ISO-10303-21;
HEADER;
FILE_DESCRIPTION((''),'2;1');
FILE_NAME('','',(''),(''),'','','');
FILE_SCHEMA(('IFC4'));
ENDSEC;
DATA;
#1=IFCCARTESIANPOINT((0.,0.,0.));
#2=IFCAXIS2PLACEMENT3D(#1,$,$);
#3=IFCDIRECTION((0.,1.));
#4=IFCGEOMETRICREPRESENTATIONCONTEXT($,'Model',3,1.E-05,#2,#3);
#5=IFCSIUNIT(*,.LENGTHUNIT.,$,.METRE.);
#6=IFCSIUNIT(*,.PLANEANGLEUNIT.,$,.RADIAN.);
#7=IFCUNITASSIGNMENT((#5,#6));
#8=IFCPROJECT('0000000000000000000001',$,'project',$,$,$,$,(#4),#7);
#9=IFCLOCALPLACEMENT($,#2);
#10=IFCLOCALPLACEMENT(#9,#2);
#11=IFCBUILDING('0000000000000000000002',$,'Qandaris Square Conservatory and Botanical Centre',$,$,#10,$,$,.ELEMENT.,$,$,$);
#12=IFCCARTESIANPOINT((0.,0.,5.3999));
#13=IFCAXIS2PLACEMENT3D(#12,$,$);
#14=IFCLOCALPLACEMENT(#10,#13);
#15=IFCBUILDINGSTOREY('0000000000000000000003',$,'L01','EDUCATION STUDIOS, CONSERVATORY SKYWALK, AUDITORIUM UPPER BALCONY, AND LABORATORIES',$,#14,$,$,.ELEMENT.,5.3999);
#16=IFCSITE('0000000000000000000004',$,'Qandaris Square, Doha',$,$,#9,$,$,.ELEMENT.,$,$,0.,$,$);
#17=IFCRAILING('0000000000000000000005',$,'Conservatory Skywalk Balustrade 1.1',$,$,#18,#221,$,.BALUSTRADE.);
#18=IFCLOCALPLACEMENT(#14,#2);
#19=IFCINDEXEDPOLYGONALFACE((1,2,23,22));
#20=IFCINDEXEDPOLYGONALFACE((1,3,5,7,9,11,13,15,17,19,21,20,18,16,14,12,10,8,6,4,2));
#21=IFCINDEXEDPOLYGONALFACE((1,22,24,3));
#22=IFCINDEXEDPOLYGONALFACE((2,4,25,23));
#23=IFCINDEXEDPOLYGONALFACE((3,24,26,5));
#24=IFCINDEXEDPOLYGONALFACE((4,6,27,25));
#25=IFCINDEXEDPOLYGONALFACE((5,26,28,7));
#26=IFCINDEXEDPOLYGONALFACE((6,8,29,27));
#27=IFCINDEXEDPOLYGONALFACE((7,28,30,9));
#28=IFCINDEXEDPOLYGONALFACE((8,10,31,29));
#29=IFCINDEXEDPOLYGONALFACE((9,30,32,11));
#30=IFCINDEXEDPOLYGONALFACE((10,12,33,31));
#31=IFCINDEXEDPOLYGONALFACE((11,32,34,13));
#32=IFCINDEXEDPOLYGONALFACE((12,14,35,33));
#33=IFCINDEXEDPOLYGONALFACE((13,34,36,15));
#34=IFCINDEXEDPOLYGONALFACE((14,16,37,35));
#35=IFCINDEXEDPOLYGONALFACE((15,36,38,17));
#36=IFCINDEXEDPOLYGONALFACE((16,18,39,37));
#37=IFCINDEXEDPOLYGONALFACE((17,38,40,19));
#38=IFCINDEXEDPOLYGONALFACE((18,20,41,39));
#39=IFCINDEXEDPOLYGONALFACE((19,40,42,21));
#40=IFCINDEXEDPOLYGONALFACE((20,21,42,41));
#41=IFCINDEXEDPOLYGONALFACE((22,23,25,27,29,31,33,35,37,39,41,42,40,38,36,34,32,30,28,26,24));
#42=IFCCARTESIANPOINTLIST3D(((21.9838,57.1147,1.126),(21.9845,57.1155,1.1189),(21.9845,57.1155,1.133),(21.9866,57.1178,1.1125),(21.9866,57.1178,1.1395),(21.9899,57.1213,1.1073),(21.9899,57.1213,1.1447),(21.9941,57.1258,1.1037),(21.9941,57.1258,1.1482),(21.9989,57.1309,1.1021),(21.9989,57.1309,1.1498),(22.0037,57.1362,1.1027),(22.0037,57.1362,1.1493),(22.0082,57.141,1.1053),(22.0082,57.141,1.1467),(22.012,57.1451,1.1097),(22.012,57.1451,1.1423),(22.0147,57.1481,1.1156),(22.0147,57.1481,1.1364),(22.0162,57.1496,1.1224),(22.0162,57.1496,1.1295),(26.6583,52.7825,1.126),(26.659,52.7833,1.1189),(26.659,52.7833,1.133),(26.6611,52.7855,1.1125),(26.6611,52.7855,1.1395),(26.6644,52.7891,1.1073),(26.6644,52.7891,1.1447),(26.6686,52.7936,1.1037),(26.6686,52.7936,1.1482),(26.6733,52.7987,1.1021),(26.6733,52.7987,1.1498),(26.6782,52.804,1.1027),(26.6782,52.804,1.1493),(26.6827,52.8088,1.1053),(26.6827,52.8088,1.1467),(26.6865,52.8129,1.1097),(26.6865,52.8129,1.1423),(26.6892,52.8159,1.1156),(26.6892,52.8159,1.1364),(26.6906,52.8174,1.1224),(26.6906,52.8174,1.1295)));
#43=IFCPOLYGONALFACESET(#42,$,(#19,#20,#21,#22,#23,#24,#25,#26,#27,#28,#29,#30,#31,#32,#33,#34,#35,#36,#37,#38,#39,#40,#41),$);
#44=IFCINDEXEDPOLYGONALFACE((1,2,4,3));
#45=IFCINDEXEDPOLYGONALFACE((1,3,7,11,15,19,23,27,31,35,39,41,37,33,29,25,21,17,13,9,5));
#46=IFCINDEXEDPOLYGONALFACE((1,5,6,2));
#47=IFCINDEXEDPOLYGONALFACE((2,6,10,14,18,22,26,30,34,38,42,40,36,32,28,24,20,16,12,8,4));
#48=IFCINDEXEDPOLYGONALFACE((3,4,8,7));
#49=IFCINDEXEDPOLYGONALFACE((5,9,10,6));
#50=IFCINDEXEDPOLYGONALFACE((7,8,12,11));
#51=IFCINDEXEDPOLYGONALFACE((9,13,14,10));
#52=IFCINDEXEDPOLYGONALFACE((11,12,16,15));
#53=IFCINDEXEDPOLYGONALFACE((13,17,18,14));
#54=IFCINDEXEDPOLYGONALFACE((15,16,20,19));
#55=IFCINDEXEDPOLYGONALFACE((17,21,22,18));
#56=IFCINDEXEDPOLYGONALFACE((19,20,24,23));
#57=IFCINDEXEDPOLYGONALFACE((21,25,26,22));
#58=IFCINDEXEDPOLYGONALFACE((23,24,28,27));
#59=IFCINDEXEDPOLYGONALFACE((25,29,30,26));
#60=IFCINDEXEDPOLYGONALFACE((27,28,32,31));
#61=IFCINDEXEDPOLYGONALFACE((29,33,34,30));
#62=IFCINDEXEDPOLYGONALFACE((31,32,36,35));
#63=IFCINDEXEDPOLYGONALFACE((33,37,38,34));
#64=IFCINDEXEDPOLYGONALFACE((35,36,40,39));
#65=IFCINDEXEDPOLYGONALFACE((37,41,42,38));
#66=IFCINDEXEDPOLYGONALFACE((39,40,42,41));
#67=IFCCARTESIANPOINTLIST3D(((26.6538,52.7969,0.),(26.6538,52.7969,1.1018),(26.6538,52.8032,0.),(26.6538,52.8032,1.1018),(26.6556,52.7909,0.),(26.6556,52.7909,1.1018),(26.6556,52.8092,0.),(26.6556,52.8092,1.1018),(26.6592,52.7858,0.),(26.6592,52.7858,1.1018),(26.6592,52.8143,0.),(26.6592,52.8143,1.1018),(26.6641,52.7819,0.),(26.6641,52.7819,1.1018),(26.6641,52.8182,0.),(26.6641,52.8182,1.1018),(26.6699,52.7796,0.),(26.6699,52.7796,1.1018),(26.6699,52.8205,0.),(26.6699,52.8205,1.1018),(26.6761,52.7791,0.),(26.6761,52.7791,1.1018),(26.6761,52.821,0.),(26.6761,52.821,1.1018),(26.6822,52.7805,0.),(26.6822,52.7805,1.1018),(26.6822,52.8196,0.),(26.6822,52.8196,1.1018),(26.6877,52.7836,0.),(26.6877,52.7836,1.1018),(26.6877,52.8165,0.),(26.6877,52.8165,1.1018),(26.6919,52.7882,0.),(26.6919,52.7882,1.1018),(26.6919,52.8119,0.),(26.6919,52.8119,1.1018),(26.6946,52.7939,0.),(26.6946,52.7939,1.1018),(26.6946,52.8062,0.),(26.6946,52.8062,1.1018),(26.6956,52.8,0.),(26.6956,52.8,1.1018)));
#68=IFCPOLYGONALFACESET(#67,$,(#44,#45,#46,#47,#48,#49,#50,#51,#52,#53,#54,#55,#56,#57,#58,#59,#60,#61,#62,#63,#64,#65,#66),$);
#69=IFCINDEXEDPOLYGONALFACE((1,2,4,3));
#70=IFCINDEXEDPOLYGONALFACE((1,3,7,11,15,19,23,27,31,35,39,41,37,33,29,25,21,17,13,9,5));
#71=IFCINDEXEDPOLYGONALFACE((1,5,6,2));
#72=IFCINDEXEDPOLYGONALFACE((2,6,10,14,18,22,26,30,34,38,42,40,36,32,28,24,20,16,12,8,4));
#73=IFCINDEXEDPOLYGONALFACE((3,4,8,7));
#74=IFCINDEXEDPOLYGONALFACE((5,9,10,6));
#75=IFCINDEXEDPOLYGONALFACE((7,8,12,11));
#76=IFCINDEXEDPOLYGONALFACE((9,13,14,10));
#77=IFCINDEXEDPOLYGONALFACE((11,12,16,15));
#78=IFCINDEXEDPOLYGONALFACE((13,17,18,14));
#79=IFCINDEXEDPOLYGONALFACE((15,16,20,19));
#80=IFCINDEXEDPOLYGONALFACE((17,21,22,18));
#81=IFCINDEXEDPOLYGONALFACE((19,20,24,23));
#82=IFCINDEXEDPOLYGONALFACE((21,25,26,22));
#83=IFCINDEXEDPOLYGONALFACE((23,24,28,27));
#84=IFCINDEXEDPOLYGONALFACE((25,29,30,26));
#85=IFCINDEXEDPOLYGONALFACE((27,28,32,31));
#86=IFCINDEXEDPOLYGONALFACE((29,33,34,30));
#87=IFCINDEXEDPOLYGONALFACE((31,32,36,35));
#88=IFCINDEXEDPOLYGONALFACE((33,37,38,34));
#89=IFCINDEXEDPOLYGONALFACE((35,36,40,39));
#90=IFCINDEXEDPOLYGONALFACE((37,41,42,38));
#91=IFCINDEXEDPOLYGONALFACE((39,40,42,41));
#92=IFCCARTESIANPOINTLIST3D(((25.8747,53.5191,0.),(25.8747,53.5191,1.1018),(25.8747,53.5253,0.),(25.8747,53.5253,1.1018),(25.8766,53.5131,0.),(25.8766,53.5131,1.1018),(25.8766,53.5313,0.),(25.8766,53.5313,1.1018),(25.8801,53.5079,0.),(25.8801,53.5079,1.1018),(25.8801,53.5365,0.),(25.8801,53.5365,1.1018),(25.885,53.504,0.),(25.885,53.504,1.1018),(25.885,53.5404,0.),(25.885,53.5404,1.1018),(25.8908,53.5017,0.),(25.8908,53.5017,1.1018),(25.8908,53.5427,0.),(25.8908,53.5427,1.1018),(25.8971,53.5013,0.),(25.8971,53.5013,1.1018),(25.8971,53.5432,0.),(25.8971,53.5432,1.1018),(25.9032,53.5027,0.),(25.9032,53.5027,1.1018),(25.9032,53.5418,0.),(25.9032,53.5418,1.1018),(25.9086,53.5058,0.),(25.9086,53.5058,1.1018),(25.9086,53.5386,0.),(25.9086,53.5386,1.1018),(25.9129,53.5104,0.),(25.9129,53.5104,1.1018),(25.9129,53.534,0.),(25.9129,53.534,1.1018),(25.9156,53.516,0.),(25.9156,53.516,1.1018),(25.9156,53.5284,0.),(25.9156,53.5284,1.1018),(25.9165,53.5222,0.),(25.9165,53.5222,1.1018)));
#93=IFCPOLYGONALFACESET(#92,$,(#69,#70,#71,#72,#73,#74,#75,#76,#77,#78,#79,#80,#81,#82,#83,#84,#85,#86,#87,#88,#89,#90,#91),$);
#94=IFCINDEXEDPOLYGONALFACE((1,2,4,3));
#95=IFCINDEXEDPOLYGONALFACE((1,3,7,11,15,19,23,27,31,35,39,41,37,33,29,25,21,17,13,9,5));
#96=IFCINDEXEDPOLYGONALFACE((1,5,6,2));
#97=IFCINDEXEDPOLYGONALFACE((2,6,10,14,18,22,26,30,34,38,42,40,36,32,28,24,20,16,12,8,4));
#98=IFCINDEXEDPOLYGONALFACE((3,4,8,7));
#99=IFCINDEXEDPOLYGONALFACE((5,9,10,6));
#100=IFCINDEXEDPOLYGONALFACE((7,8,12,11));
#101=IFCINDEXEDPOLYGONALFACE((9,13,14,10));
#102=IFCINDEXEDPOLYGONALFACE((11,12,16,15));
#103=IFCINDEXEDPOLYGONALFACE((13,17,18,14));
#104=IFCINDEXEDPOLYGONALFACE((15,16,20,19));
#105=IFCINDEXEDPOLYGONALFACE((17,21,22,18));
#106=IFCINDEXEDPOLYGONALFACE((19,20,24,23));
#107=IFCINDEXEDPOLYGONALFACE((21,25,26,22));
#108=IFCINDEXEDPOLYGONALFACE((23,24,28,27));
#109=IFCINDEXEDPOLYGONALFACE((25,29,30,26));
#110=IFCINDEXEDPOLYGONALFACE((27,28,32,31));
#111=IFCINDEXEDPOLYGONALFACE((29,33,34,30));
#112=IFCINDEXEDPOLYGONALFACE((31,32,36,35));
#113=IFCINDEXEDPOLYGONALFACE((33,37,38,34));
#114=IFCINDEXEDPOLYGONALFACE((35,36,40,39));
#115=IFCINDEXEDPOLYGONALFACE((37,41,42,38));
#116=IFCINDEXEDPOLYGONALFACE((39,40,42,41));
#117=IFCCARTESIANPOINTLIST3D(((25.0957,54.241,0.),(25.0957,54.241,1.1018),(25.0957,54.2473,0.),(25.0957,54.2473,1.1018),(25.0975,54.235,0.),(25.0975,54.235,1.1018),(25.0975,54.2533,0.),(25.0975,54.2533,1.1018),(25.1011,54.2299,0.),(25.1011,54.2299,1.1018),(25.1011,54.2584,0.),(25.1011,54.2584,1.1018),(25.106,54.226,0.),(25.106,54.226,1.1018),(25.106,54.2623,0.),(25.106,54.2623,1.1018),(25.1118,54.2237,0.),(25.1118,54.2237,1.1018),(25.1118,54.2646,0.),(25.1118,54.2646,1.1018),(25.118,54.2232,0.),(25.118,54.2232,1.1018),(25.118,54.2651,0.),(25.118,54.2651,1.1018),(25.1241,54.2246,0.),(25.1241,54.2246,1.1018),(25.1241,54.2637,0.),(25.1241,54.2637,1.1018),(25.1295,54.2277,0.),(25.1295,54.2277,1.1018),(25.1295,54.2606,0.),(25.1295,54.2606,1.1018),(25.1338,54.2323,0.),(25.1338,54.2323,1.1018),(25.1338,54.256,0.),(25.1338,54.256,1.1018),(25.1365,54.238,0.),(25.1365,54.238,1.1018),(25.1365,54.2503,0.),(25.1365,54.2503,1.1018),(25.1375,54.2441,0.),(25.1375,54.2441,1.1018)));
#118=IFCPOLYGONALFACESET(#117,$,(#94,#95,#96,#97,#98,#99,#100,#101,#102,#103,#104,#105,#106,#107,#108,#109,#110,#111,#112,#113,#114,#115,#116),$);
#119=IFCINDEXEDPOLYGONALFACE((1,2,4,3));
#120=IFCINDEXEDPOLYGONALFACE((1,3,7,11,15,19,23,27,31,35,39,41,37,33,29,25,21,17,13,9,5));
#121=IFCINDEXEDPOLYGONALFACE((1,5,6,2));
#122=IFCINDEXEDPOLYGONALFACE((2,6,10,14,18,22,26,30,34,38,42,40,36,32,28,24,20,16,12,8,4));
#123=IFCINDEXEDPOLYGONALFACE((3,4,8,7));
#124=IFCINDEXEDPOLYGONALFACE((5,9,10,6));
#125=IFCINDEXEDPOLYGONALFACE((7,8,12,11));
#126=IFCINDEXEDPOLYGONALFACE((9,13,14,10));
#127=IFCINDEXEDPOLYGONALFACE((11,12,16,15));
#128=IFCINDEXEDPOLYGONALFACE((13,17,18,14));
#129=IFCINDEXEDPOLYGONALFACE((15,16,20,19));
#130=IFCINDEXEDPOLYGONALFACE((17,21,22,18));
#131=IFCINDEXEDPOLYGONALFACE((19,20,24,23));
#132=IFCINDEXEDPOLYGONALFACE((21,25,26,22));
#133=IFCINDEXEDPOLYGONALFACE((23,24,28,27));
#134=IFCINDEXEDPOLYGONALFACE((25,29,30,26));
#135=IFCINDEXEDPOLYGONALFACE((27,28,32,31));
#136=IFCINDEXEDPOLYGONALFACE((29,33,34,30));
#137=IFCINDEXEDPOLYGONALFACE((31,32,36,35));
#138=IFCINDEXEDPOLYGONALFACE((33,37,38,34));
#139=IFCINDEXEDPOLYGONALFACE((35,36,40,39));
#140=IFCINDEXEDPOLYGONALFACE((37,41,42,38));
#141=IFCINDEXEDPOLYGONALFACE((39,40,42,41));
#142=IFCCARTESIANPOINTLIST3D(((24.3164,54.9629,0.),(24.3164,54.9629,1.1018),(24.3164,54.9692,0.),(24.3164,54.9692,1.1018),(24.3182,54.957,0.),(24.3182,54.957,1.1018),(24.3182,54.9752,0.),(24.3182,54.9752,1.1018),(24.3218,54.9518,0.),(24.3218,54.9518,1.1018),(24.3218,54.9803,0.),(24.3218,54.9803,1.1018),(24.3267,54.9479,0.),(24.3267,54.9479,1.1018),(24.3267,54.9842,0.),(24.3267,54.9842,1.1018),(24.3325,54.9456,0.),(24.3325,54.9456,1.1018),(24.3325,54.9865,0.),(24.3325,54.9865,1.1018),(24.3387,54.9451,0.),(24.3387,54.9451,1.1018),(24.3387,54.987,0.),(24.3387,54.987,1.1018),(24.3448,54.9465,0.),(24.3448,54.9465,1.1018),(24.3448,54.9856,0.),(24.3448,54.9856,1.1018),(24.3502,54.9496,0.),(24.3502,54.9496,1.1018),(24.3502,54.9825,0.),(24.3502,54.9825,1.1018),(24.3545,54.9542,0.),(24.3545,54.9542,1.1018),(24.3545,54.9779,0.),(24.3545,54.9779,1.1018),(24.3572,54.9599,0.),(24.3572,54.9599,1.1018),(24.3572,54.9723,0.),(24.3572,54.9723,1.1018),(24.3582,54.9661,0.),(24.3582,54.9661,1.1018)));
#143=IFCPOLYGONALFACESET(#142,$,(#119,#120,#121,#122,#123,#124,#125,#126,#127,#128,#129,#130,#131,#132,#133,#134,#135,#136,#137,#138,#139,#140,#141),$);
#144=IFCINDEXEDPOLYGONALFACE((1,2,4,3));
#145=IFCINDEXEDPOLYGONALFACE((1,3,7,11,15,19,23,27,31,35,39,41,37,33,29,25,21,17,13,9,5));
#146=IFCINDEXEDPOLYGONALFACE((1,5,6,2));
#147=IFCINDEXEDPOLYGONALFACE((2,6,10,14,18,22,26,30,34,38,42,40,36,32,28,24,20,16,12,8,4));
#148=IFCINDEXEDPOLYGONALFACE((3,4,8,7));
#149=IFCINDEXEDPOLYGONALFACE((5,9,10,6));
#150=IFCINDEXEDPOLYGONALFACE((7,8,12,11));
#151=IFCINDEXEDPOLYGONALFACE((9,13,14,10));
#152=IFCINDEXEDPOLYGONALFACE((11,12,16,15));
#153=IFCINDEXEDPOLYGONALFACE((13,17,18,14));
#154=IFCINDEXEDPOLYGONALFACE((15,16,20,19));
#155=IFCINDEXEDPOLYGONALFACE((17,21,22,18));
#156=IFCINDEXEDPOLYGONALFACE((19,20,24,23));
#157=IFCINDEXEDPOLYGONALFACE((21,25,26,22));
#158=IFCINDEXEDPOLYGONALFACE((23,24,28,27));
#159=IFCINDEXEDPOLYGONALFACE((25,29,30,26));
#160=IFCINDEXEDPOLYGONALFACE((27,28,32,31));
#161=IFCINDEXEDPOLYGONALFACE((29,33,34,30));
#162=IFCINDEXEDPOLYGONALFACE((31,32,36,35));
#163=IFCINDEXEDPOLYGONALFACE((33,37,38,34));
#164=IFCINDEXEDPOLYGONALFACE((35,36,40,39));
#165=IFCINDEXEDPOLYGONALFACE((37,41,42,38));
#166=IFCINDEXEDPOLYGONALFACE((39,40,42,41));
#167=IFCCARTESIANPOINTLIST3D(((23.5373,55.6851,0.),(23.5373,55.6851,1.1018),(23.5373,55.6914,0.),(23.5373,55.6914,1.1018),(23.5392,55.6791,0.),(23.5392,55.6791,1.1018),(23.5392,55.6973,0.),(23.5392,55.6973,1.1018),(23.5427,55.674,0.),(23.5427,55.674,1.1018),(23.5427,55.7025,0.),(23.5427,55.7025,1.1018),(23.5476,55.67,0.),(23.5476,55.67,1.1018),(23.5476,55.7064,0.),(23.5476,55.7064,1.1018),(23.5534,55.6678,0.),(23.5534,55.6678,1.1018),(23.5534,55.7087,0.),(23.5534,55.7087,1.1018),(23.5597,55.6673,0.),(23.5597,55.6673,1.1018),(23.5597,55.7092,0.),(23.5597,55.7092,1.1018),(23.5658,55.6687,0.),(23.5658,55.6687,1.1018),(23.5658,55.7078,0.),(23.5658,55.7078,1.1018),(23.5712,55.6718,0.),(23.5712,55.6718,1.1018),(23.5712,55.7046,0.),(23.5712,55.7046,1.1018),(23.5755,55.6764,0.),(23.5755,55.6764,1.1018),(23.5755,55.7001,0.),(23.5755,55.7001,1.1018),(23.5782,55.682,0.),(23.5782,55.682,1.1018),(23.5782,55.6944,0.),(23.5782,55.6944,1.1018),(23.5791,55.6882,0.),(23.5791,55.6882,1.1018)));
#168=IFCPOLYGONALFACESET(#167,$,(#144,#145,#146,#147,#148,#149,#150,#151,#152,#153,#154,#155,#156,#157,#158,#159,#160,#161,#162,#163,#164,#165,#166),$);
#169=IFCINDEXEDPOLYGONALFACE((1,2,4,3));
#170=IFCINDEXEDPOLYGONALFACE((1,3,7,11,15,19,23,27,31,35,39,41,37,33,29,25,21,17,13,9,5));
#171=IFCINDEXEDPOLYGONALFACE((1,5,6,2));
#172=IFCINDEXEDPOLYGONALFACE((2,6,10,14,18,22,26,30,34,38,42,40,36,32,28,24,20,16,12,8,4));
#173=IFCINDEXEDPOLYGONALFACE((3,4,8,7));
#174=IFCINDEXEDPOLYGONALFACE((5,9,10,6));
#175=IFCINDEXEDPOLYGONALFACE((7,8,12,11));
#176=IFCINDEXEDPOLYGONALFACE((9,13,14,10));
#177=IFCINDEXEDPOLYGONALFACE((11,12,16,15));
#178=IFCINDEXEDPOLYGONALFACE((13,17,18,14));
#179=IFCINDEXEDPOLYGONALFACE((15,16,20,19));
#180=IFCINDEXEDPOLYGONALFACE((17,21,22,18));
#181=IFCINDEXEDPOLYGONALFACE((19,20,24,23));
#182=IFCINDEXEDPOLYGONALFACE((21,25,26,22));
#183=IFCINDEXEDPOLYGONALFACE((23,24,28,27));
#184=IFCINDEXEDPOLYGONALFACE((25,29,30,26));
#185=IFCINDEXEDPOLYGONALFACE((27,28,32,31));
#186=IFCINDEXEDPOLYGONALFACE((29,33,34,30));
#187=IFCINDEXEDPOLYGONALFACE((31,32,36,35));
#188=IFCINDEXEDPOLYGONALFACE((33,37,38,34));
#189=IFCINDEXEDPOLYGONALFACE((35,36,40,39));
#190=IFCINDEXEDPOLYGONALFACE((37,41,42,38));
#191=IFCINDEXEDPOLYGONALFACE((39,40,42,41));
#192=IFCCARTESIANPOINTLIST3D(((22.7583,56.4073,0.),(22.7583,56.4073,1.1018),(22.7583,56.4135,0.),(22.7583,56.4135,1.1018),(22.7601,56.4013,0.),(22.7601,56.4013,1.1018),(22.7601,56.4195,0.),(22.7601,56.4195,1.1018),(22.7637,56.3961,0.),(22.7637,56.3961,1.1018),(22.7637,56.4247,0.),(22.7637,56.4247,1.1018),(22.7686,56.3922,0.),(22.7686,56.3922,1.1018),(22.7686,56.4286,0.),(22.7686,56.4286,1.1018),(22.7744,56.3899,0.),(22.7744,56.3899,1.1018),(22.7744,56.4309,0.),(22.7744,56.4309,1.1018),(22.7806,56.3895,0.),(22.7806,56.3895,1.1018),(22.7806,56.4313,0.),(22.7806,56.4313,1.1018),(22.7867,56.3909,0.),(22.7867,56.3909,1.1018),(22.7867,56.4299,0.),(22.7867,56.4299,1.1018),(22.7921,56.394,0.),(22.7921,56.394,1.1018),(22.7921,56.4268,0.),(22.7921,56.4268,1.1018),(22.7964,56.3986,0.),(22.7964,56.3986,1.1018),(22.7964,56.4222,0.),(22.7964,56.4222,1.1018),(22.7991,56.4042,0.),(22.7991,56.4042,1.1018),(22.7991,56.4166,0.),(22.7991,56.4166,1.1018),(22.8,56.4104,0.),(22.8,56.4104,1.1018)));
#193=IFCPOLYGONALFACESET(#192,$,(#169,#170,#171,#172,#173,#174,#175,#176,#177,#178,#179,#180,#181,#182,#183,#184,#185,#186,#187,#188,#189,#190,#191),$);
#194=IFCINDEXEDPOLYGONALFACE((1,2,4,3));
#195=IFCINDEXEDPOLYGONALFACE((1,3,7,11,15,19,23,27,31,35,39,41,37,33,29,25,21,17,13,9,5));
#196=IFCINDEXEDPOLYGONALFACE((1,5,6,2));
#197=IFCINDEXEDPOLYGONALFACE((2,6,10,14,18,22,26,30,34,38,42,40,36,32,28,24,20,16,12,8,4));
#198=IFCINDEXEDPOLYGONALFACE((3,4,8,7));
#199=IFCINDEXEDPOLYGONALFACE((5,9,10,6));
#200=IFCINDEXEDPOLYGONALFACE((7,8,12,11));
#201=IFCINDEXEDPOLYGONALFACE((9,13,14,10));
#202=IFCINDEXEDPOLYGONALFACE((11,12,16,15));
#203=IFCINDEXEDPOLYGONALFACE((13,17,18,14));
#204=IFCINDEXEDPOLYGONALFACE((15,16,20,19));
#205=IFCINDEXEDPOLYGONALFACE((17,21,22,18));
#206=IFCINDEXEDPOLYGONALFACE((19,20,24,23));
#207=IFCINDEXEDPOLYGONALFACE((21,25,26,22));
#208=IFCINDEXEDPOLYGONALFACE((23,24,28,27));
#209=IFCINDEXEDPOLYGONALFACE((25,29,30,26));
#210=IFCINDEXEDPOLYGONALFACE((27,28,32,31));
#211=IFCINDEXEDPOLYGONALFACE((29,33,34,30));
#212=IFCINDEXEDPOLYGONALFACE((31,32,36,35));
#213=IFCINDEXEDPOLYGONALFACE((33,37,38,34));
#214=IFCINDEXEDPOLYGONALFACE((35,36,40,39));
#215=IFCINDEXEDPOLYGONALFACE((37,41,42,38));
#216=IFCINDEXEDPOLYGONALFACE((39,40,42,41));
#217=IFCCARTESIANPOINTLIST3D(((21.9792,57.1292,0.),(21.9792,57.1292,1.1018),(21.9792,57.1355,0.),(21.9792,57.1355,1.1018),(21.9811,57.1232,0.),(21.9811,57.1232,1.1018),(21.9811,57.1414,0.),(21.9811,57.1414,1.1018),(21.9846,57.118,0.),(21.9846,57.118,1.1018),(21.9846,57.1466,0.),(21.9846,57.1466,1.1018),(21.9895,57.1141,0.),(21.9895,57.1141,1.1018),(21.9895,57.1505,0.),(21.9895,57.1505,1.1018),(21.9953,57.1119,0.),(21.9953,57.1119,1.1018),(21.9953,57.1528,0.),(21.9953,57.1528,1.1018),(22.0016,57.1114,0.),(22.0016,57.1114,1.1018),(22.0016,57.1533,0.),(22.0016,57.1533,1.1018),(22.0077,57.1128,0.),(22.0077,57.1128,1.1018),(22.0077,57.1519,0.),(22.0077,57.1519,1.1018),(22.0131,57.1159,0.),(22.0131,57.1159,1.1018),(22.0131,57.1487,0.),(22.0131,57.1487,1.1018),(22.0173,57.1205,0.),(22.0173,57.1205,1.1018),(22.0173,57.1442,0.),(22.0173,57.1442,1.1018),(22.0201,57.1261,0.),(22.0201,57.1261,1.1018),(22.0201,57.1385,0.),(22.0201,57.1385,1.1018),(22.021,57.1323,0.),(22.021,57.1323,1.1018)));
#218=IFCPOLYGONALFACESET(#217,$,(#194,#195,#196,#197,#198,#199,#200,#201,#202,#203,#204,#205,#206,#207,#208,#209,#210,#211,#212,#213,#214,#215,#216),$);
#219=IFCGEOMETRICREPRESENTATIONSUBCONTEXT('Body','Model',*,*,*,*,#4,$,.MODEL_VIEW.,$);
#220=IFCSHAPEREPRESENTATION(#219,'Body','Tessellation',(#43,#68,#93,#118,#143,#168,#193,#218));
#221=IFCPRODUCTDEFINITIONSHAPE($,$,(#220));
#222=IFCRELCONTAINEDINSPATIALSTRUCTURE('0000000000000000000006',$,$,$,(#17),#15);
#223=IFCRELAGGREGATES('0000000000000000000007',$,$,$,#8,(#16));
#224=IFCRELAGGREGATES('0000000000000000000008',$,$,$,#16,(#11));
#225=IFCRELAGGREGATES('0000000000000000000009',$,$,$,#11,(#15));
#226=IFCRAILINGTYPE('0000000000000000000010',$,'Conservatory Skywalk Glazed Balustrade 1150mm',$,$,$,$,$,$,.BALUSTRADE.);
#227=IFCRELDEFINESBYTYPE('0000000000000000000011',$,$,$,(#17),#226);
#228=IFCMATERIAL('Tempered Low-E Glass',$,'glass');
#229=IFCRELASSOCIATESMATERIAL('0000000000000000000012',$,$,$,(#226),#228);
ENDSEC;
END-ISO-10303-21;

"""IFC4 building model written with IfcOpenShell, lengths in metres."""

from ifc_helpers import new_model, si_unit, direction, frame, origin, origin_2d, place, context, subcontext, project, spatial, circle, extrude, material, type_object, element, save


model = new_model("IFC4")

# Units and contexts
model_context = context("Model", 3, precision=1e-05, world=origin(), true_north=direction((0.0, 1.0)))
body_context = subcontext(model_context, "Body", "Model", "MODEL_VIEW")
ifc_project = project(units=[si_unit("LENGTHUNIT", "METRE"), si_unit("PLANEANGLEUNIT", "RADIAN")], contexts=[model_context])

# Site, building, storey
site_placement = place(None, origin())
site = spatial("IfcSite", under=ifc_project, at=site_placement, Name="Qandaris Square, Doha", CompositionType="ELEMENT", RefElevation=0.0)
building_placement = place(site_placement, origin())
building = spatial("IfcBuilding", under=site, at=building_placement, Name="Qandaris Square Conservatory and Botanical Centre", CompositionType="ELEMENT")
storey_placement = place(building_placement, frame((0.0, 0.0, 5.3999)))
storey = spatial("IfcBuildingStorey", under=building, at=storey_placement, Name="L01", Description="EDUCATION STUDIOS, CONSERVATORY SKYWALK, AUDITORIUM UPPER BALCONY, AND LABORATORIES", CompositionType="ELEMENT", Elevation=5.3999)

# Shared definitions
ifc_material_1 = material(Name="Tempered Low-E Glass", Category="glass")

# Railing
railing_type = type_object("IfcRailingType", Name="Conservatory Skywalk Glazed Balustrade 1150mm", PredefinedType="BALUSTRADE", material=ifc_material_1)
railing_1_placement = place(storey_placement, frame((26.6746, 52.8, 0.0)))
element("IfcRailing", 1, at=railing_1_placement, inside=storey, type_object=railing_type, Name="Conservatory Skywalk Balustrade 1.1", PredefinedType="BALUSTRADE", context=body_context, shape_type="SweptSolid", body=[
    extrude(circle(Radius=0.0239, at=origin_2d()), frame((0.0, 0.0, 1.126), z_axis=(-0.733449, 0.679744, 0.0), x_axis=(-0.679744, -0.733449, 0.0)), (0.0, 0.0, 1.0), 6.3733),
    extrude(circle(Radius=0.021, at=origin_2d()), origin(), (0.0, 0.0, 1.0), 1.1018),
    extrude(circle(Radius=0.021, at=origin_2d()), frame((-0.7791, 0.7222, 0.0)), (0.0, 0.0, 1.0), 1.1018),
    extrude(circle(Radius=0.021, at=origin_2d()), frame((-1.5581, 1.4441, 0.0)), (0.0, 0.0, 1.0), 1.1018),
    extrude(circle(Radius=0.021, at=origin_2d()), frame((-2.3374, 2.166, 0.0)), (0.0, 0.0, 1.0), 1.1018),
    extrude(circle(Radius=0.021, at=origin_2d()), frame((-3.1165, 2.8882, 0.0)), (0.0, 0.0, 1.0), 1.1018),
    extrude(circle(Radius=0.021, at=origin_2d()), frame((-3.8955, 3.6104, 0.0)), (0.0, 0.0, 1.0), 1.1018),
    extrude(circle(Radius=0.021, at=origin_2d()), frame((-4.6746, 4.3323, 0.0)), (0.0, 0.0, 1.0), 1.1018),
])

save(model, "model.ifc")
